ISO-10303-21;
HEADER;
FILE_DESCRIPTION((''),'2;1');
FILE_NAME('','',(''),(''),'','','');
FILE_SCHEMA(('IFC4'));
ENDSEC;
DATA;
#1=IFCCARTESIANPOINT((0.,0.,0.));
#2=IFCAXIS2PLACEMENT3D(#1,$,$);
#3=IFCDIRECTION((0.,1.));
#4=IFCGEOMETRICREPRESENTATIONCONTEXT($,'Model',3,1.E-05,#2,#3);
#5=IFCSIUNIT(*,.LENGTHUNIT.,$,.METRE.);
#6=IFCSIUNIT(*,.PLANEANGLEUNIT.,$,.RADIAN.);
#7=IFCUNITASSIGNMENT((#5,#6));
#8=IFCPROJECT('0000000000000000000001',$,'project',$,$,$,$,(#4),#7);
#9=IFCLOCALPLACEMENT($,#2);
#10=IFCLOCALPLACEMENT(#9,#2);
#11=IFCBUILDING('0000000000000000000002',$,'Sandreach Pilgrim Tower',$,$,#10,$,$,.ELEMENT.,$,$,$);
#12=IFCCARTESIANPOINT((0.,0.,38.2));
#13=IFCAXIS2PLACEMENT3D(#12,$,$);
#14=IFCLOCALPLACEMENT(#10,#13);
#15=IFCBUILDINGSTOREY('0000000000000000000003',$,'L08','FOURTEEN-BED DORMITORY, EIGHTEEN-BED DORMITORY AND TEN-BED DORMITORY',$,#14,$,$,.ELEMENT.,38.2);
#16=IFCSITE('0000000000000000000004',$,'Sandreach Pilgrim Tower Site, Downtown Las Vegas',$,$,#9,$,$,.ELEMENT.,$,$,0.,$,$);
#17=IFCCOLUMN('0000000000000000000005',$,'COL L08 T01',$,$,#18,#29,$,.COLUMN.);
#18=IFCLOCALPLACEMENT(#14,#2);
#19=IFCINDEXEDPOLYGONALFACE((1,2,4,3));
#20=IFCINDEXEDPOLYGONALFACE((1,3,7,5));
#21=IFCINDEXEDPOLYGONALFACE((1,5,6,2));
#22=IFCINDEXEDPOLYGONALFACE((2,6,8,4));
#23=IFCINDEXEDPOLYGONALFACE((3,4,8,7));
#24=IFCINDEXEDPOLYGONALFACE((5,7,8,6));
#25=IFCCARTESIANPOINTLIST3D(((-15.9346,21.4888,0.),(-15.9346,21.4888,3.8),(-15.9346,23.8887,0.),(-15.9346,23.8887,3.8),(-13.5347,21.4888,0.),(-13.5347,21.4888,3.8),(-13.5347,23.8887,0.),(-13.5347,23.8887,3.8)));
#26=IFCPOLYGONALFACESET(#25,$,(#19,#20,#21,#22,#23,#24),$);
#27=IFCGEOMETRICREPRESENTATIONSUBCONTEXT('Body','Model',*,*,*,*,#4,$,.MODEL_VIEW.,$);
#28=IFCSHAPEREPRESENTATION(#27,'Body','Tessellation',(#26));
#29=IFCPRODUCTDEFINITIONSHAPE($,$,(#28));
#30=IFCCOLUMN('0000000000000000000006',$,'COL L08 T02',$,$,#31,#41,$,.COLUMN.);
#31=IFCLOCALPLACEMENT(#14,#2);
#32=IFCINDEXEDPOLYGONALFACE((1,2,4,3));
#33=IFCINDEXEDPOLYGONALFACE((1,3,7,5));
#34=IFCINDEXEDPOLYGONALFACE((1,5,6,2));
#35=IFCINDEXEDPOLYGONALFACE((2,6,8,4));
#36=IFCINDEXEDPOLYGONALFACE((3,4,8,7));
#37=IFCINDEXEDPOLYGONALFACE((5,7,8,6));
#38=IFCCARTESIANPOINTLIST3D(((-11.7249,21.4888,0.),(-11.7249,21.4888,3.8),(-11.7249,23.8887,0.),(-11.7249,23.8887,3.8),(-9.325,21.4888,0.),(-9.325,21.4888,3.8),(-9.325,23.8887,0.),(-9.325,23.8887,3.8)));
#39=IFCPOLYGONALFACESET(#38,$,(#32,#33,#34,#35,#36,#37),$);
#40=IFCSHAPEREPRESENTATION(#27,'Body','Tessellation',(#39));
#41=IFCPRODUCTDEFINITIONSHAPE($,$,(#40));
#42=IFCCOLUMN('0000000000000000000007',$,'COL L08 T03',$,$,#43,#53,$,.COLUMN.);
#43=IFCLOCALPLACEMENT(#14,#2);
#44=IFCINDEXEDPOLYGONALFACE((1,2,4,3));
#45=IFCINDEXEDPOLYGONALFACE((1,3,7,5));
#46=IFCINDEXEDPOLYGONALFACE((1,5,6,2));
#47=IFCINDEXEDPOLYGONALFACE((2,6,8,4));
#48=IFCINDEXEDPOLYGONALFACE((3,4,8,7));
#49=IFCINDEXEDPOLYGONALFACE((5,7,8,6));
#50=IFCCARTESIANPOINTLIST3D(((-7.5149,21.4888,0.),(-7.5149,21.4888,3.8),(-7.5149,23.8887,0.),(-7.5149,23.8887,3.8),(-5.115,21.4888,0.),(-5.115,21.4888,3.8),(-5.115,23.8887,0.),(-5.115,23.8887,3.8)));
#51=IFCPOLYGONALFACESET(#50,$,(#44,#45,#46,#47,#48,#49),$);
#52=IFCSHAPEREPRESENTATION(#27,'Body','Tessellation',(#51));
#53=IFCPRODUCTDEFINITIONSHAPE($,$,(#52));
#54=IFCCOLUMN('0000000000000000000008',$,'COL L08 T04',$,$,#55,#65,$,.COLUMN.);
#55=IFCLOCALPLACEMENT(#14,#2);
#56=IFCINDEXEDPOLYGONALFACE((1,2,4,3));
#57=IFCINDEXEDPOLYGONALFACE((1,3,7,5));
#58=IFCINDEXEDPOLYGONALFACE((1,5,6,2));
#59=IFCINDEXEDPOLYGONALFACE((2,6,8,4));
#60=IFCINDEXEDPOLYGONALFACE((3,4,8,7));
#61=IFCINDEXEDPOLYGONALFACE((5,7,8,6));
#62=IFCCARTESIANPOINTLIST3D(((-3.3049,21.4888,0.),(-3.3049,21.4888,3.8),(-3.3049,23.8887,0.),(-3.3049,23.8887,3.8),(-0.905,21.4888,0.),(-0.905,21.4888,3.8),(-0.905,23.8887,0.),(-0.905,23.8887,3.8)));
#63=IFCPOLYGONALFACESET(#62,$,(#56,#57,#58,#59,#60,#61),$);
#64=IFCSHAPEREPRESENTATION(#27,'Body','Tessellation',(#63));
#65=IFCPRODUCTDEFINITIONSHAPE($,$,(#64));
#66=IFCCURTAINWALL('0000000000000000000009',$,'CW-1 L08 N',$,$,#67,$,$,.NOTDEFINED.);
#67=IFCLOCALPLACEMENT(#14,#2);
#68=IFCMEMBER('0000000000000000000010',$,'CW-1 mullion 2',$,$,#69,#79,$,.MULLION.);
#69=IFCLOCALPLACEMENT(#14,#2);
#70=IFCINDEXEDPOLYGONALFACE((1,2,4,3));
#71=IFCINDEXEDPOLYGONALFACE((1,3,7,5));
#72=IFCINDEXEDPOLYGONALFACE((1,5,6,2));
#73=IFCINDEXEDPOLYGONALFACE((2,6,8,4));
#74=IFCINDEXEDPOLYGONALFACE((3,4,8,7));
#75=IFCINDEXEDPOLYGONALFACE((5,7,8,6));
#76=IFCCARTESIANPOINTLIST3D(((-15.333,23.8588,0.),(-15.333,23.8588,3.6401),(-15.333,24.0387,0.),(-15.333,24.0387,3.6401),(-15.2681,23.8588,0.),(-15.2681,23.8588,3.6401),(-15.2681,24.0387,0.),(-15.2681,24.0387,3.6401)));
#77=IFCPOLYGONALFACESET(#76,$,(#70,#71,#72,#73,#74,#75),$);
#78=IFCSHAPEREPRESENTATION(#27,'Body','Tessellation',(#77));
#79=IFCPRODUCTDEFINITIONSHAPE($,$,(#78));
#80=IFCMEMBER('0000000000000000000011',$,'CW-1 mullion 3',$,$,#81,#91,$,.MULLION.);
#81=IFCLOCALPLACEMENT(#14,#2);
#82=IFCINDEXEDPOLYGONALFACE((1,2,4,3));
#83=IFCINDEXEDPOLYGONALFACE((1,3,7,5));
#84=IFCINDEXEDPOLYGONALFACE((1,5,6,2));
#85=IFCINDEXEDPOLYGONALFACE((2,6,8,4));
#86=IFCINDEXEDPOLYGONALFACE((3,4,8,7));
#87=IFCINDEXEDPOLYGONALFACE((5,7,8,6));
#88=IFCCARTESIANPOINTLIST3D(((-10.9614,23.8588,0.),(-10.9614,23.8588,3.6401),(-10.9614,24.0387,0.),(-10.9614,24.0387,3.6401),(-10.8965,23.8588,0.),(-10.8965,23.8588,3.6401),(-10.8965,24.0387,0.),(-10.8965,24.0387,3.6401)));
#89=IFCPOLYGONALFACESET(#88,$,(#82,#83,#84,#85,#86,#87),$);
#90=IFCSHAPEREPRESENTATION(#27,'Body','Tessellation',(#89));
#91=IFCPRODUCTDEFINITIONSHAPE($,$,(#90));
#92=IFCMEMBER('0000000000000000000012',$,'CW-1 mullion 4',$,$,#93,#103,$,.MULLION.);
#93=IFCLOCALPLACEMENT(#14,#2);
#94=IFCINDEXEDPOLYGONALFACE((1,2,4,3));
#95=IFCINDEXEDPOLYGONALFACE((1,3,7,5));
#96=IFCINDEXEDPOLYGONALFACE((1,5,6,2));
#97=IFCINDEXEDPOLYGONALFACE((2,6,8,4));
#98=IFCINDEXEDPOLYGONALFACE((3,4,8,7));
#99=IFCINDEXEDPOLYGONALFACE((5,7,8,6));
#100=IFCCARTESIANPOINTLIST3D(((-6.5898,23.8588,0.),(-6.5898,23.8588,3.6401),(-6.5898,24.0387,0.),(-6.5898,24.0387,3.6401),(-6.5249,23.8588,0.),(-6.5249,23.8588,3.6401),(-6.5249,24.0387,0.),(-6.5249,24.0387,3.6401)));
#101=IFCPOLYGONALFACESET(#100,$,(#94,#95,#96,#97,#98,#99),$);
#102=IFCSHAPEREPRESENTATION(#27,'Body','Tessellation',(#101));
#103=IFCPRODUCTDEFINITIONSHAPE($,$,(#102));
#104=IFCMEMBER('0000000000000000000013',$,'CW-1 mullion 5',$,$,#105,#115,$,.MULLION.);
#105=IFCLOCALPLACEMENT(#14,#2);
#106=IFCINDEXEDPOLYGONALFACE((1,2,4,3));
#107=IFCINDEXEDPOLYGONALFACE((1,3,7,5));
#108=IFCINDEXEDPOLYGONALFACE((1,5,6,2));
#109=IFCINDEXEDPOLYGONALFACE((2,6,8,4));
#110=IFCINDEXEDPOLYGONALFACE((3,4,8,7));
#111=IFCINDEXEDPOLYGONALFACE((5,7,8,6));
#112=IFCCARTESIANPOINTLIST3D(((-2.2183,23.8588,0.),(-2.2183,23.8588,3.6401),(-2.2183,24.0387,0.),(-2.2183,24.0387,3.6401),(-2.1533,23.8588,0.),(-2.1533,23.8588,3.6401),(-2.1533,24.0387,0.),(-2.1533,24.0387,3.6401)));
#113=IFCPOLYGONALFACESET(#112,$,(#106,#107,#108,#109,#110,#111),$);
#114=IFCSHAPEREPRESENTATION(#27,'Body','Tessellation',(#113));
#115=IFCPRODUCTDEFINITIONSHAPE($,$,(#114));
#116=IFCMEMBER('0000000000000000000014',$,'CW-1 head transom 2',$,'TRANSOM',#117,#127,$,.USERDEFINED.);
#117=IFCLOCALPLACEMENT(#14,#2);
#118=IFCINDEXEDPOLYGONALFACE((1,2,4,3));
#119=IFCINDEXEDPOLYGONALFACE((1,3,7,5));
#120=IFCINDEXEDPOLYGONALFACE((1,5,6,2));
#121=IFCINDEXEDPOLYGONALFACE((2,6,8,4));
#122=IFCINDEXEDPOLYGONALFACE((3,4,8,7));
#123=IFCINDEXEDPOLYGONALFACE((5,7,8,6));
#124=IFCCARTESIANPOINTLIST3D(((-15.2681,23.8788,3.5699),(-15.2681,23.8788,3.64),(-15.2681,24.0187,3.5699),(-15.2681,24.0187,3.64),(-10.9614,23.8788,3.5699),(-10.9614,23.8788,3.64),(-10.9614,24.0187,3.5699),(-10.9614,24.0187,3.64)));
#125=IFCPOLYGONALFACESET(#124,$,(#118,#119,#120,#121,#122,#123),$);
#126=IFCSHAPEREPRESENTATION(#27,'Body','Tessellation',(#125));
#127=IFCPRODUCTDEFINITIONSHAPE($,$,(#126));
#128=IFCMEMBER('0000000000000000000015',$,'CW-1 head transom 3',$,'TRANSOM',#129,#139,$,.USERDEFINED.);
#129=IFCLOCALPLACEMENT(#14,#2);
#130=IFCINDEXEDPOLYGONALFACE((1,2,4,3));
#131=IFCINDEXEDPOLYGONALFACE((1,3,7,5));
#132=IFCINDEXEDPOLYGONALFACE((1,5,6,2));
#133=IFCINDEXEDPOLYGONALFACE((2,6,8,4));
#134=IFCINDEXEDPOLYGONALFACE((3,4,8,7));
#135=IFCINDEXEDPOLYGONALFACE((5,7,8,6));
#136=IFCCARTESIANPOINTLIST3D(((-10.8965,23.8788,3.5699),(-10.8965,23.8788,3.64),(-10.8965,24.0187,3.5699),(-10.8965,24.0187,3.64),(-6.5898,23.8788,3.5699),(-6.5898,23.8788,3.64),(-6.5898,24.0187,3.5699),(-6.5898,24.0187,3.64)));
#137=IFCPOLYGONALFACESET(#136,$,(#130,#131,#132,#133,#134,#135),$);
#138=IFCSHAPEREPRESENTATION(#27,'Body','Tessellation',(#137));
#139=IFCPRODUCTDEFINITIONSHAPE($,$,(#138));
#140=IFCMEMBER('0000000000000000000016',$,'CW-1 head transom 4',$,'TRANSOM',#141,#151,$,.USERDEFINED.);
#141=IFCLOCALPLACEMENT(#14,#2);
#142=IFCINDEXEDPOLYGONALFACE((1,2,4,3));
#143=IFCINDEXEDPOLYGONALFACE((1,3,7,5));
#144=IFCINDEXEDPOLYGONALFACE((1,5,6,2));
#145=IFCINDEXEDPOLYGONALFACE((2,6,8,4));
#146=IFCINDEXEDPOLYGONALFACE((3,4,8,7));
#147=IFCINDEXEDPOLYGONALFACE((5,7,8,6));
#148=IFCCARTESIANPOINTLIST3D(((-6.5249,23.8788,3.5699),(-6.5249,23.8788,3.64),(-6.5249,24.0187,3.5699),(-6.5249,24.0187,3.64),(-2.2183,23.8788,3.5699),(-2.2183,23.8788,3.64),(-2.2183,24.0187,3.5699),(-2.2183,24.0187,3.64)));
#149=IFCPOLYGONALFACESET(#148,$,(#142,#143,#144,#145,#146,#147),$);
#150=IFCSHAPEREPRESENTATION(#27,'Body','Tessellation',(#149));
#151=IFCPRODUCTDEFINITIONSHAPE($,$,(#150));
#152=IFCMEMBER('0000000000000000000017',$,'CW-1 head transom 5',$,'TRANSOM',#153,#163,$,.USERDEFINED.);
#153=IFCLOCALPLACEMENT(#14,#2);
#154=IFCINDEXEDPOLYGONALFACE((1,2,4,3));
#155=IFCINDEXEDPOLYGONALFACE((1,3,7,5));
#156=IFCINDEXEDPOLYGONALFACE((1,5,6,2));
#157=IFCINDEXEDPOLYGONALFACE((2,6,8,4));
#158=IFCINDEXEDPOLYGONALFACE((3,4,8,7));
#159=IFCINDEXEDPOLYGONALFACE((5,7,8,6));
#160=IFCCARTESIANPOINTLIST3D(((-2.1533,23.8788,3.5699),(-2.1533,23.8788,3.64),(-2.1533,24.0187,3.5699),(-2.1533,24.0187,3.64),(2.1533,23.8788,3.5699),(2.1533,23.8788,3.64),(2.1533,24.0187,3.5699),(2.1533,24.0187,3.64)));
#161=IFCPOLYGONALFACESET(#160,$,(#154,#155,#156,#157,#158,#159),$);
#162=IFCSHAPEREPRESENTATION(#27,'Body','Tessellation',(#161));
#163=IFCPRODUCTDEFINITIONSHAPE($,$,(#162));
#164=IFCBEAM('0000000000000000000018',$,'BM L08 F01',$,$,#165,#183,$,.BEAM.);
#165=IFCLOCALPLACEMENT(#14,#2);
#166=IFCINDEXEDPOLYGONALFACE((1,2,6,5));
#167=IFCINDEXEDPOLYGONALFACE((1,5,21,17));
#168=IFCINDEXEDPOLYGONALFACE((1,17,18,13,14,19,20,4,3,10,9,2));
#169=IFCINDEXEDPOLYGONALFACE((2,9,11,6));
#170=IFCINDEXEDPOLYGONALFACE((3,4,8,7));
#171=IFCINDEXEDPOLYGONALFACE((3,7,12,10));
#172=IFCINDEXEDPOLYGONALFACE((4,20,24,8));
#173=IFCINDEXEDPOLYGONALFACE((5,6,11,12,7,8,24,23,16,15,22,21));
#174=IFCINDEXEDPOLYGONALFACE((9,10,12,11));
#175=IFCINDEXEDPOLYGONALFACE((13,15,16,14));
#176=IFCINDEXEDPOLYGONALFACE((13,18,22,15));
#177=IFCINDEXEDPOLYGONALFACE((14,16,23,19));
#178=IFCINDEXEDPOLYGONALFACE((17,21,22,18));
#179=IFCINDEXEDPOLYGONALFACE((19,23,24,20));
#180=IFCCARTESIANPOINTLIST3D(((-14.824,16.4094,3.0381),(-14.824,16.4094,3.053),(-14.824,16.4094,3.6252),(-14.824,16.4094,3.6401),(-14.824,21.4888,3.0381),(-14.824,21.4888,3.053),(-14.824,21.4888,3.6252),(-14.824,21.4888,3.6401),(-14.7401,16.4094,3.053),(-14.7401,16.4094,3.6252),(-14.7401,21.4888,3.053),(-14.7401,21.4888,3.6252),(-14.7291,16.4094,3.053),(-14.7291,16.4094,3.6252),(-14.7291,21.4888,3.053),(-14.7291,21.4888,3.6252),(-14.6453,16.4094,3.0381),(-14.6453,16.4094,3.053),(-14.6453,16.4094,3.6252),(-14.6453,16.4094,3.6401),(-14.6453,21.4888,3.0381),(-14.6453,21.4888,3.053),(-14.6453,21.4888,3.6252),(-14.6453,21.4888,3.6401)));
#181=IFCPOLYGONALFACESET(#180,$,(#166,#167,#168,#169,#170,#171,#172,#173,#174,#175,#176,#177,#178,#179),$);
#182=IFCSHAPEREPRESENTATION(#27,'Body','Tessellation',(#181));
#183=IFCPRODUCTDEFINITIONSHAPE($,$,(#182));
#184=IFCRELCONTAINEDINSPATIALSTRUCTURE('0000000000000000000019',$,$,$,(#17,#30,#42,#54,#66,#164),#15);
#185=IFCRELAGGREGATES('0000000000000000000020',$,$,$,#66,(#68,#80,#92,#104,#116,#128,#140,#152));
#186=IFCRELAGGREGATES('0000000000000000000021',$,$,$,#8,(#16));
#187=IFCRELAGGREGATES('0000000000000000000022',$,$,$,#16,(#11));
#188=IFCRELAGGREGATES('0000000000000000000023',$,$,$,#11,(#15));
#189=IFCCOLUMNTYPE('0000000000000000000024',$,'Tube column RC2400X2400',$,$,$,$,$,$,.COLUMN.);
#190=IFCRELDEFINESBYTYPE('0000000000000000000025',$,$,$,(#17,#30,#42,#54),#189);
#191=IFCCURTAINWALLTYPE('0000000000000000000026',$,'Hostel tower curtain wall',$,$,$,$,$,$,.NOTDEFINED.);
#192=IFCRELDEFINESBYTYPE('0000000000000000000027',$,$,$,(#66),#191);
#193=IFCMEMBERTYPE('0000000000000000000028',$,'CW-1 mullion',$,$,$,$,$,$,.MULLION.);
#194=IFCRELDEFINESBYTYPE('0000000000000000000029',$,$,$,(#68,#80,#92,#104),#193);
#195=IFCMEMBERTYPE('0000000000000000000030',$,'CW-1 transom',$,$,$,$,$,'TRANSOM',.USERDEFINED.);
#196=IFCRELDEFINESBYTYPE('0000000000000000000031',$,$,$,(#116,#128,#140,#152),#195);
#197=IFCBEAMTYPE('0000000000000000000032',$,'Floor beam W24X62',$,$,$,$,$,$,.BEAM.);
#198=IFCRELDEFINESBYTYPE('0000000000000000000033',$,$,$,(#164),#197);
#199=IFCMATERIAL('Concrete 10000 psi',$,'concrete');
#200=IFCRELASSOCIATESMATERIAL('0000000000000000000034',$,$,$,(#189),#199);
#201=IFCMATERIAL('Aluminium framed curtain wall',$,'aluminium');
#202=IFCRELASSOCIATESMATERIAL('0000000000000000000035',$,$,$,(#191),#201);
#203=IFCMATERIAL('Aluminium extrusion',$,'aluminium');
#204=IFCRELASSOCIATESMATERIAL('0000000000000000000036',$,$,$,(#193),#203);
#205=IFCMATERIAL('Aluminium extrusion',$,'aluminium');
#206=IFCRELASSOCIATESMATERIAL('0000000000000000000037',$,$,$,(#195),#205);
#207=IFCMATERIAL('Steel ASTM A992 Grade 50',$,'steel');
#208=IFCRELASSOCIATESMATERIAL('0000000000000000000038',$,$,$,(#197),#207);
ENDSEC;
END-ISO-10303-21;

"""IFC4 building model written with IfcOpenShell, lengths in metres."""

from ifc_helpers import new_model, si_unit, direction, frame, origin, origin_2d, place, context, subcontext, project, spatial, rectangle, i_section, extrude, material, material_profile, profile_set, type_object, element, aggregate, save


model = new_model("IFC4")

# Units and contexts
model_context = context("Model", 3, precision=1e-05, world=origin(), true_north=direction((0.0, 1.0)))
body_context = subcontext(model_context, "Body", "Model", "MODEL_VIEW")
ifc_project = project(units=[si_unit("LENGTHUNIT", "METRE"), si_unit("PLANEANGLEUNIT", "RADIAN")], contexts=[model_context])

# Site, building, storey
site_placement = place(None, origin())
site = spatial("IfcSite", under=ifc_project, at=site_placement, Name="Sandreach Pilgrim Tower Site, Downtown Las Vegas", CompositionType="ELEMENT", RefElevation=0.0)
building_placement = place(site_placement, origin())
building = spatial("IfcBuilding", under=site, at=building_placement, Name="Sandreach Pilgrim Tower", CompositionType="ELEMENT")
storey_placement = place(building_placement, frame((0.0, 0.0, 38.2)))
storey = spatial("IfcBuildingStorey", under=building, at=storey_placement, Name="L08", Description="FOURTEEN-BED DORMITORY, EIGHTEEN-BED DORMITORY AND TEN-BED DORMITORY", CompositionType="ELEMENT", Elevation=38.2)

# Columns
ifc_material_1 = material(Name="Concrete 10000 psi", Category="concrete")
ifc_material_profile_1 = material_profile(ifc_material_1, rectangle(XDim=2.3999, YDim=2.3999, at=origin_2d()), Name="RC2400X2400")
ifc_profile_set_1 = profile_set([ifc_material_profile_1], Name="Concrete 10000 psi")
column_type = type_object("IfcColumnType", Name="Tube column RC2400X2400", PredefinedType="COLUMN", material=ifc_profile_set_1)
for number, where, z_axis, x_axis, name in (
    (1, (-14.7346, 22.6887, 0.0), (0.0, 0.0, 1.0), (0.0, 1.0, 0.0), "COL L08 T01"),
    (2, (-10.5249, 22.6887, 0.0), (0.0, 0.0, 1.0), (0.0, 1.0, 0.0), "COL L08 T02"),
    (3, (-6.3149, 22.6887, 0.0), (0.0, 0.0, 1.0), (0.0, 1.0, 0.0), "COL L08 T03"),
    (4, (-2.105, 22.6887, 0.0), (0.0, 0.0, 1.0), (0.0, 1.0, 0.0), "COL L08 T04"),
):
    element("IfcColumn", number, at=place(storey_placement, frame(where, z_axis=z_axis, x_axis=x_axis)), inside=storey, type_object=column_type, Name=name, PredefinedType="COLUMN", context=body_context, shape_type="SweptSolid", body=[
        extrude(rectangle(XDim=2.3999, YDim=2.3999, at=origin_2d()), origin(), (0.0, 0.0, 1.0), 3.8),
    ])

# Curtain wall, members
ifc_material_2 = material(Name="Aluminium framed curtain wall", Category="aluminium")
curtain_wall_type = type_object("IfcCurtainWallType", Name="Hostel tower curtain wall", PredefinedType="NOTDEFINED", material=ifc_material_2)
curtain_wall_placement = place(storey_placement, origin())
curtain_wall = element("IfcCurtainWall", 5, at=curtain_wall_placement, inside=storey, type_object=curtain_wall_type, Name="CW-1 L08 N", PredefinedType="NOTDEFINED")
ifc_material_3 = material(Name="Aluminium extrusion", Category="aluminium")
ifc_material_profile_2 = material_profile(ifc_material_3, rectangle(XDim=0.0649, YDim=0.1799, at=origin_2d()), Name="CW-1M 65X180")
ifc_profile_set_2 = profile_set([ifc_material_profile_2], Name="Aluminium extrusion")
member_type_1 = type_object("IfcMemberType", Name="CW-1 mullion", PredefinedType="MULLION", material=ifc_profile_set_2)
member_1_placement = place(storey_placement, frame((-15.3005, 23.9487, 0.0), z_axis=(0.0, 0.0, 1.0), x_axis=(1.0, 0.0, 0.0)))
member_1 = element("IfcMember", 6, at=member_1_placement, type_object=member_type_1, Name="CW-1 mullion 2", PredefinedType="MULLION", context=body_context, shape_type="SweptSolid", body=[
    extrude(rectangle(XDim=0.0649, YDim=0.1799, at=origin_2d()), origin(), (0.0, 0.0, 1.0), 3.6401),
])
member_2_placement = place(storey_placement, frame((-10.929, 23.9487, 0.0), z_axis=(0.0, 0.0, 1.0), x_axis=(1.0, 0.0, 0.0)))
member_2 = element("IfcMember", 7, at=member_2_placement, type_object=member_type_1, Name="CW-1 mullion 3", PredefinedType="MULLION", context=body_context, shape_type="SweptSolid", body=[
    extrude(rectangle(XDim=0.0649, YDim=0.1799, at=origin_2d()), origin(), (0.0, 0.0, 1.0), 3.6401),
])
member_3_placement = place(storey_placement, frame((-6.5574, 23.9487, 0.0), z_axis=(0.0, 0.0, 1.0), x_axis=(1.0, 0.0, 0.0)))
member_3 = element("IfcMember", 8, at=member_3_placement, type_object=member_type_1, Name="CW-1 mullion 4", PredefinedType="MULLION", context=body_context, shape_type="SweptSolid", body=[
    extrude(rectangle(XDim=0.0649, YDim=0.1799, at=origin_2d()), origin(), (0.0, 0.0, 1.0), 3.6401),
])
member_4_placement = place(storey_placement, frame((-2.1858, 23.9487, 0.0), z_axis=(0.0, 0.0, 1.0), x_axis=(1.0, 0.0, 0.0)))
member_4 = element("IfcMember", 9, at=member_4_placement, type_object=member_type_1, Name="CW-1 mullion 5", PredefinedType="MULLION", context=body_context, shape_type="SweptSolid", body=[
    extrude(rectangle(XDim=0.0649, YDim=0.1799, at=origin_2d()), origin(), (0.0, 0.0, 1.0), 3.6401),
])
ifc_material_4 = material(Name="Aluminium extrusion", Category="aluminium")
ifc_material_profile_3 = material_profile(ifc_material_4, rectangle(XDim=0.1399, YDim=0.0701, at=origin_2d()), Name="CW-1T 140X70")
ifc_profile_set_3 = profile_set([ifc_material_profile_3], Name="Aluminium extrusion")
member_type_2 = type_object("IfcMemberType", Name="CW-1 transom", ElementType="TRANSOM", PredefinedType="USERDEFINED", material=ifc_profile_set_3)
member_5_placement = place(storey_placement, frame((-15.2681, 23.9487, 3.605), z_axis=(1.0, 0.0, 0.0), x_axis=(0.0, 1.0, 0.0)))
member_5 = element("IfcMember", 10, at=member_5_placement, type_object=member_type_2, Name="CW-1 head transom 2", ObjectType="TRANSOM", PredefinedType="USERDEFINED", context=body_context, shape_type="SweptSolid", body=[
    extrude(rectangle(XDim=0.1399, YDim=0.0701, at=origin_2d()), origin(), (0.0, 0.0, 1.0), 4.3066),
])
member_6_placement = place(storey_placement, frame((-10.8965, 23.9487, 3.605), z_axis=(1.0, 0.0, 0.0), x_axis=(0.0, 1.0, 0.0)))
member_6 = element("IfcMember", 11, at=member_6_placement, type_object=member_type_2, Name="CW-1 head transom 3", ObjectType="TRANSOM", PredefinedType="USERDEFINED", context=body_context, shape_type="SweptSolid", body=[
    extrude(rectangle(XDim=0.1399, YDim=0.0701, at=origin_2d()), origin(), (0.0, 0.0, 1.0), 4.3066),
])
member_7_placement = place(storey_placement, frame((-6.5249, 23.9487, 3.605), z_axis=(1.0, 0.0, 0.0), x_axis=(0.0, 1.0, 0.0)))
member_7 = element("IfcMember", 12, at=member_7_placement, type_object=member_type_2, Name="CW-1 head transom 4", ObjectType="TRANSOM", PredefinedType="USERDEFINED", context=body_context, shape_type="SweptSolid", body=[
    extrude(rectangle(XDim=0.1399, YDim=0.0701, at=origin_2d()), origin(), (0.0, 0.0, 1.0), 4.3066),
])
member_8_placement = place(storey_placement, frame((-2.1533, 23.9487, 3.605), z_axis=(1.0, 0.0, 0.0), x_axis=(0.0, 1.0, 0.0)))
member_8 = element("IfcMember", 13, at=member_8_placement, type_object=member_type_2, Name="CW-1 head transom 5", ObjectType="TRANSOM", PredefinedType="USERDEFINED", context=body_context, shape_type="SweptSolid", body=[
    extrude(rectangle(XDim=0.1399, YDim=0.0701, at=origin_2d()), origin(), (0.0, 0.0, 1.0), 4.3066),
])

# Beam
ifc_material_5 = material(Name="Steel ASTM A992 Grade 50", Category="steel")
ifc_material_profile_4 = material_profile(ifc_material_5, i_section(OverallWidth=0.1787, OverallDepth=0.6021, WebThickness=0.011, FlangeThickness=0.0149, at=origin_2d()), Name="W24X62")
ifc_profile_set_4 = profile_set([ifc_material_profile_4], Name="Steel ASTM A992 Grade 50")
beam_type_1 = type_object("IfcBeamType", Name="Floor beam W24X62", PredefinedType="BEAM", material=ifc_profile_set_4)
beam_1_placement = place(storey_placement, frame((-14.7346, 21.4888, 3.3391), z_axis=(0.0, -1.0, 0.0), x_axis=(1.0, 0.0, 0.0)))
element("IfcBeam", 14, at=beam_1_placement, inside=storey, type_object=beam_type_1, Name="BM L08 F01", PredefinedType="BEAM", context=body_context, shape_type="SweptSolid", body=[
    extrude(i_section(OverallWidth=0.1787, OverallDepth=0.6021, WebThickness=0.011, FlangeThickness=0.0149, at=origin_2d()), origin(), (0.0, 0.0, 1.0), 5.0793),
])

aggregate(curtain_wall, [member_1, member_2, member_3, member_4, member_5, member_6, member_7, member_8])

save(model, "model.ifc")
